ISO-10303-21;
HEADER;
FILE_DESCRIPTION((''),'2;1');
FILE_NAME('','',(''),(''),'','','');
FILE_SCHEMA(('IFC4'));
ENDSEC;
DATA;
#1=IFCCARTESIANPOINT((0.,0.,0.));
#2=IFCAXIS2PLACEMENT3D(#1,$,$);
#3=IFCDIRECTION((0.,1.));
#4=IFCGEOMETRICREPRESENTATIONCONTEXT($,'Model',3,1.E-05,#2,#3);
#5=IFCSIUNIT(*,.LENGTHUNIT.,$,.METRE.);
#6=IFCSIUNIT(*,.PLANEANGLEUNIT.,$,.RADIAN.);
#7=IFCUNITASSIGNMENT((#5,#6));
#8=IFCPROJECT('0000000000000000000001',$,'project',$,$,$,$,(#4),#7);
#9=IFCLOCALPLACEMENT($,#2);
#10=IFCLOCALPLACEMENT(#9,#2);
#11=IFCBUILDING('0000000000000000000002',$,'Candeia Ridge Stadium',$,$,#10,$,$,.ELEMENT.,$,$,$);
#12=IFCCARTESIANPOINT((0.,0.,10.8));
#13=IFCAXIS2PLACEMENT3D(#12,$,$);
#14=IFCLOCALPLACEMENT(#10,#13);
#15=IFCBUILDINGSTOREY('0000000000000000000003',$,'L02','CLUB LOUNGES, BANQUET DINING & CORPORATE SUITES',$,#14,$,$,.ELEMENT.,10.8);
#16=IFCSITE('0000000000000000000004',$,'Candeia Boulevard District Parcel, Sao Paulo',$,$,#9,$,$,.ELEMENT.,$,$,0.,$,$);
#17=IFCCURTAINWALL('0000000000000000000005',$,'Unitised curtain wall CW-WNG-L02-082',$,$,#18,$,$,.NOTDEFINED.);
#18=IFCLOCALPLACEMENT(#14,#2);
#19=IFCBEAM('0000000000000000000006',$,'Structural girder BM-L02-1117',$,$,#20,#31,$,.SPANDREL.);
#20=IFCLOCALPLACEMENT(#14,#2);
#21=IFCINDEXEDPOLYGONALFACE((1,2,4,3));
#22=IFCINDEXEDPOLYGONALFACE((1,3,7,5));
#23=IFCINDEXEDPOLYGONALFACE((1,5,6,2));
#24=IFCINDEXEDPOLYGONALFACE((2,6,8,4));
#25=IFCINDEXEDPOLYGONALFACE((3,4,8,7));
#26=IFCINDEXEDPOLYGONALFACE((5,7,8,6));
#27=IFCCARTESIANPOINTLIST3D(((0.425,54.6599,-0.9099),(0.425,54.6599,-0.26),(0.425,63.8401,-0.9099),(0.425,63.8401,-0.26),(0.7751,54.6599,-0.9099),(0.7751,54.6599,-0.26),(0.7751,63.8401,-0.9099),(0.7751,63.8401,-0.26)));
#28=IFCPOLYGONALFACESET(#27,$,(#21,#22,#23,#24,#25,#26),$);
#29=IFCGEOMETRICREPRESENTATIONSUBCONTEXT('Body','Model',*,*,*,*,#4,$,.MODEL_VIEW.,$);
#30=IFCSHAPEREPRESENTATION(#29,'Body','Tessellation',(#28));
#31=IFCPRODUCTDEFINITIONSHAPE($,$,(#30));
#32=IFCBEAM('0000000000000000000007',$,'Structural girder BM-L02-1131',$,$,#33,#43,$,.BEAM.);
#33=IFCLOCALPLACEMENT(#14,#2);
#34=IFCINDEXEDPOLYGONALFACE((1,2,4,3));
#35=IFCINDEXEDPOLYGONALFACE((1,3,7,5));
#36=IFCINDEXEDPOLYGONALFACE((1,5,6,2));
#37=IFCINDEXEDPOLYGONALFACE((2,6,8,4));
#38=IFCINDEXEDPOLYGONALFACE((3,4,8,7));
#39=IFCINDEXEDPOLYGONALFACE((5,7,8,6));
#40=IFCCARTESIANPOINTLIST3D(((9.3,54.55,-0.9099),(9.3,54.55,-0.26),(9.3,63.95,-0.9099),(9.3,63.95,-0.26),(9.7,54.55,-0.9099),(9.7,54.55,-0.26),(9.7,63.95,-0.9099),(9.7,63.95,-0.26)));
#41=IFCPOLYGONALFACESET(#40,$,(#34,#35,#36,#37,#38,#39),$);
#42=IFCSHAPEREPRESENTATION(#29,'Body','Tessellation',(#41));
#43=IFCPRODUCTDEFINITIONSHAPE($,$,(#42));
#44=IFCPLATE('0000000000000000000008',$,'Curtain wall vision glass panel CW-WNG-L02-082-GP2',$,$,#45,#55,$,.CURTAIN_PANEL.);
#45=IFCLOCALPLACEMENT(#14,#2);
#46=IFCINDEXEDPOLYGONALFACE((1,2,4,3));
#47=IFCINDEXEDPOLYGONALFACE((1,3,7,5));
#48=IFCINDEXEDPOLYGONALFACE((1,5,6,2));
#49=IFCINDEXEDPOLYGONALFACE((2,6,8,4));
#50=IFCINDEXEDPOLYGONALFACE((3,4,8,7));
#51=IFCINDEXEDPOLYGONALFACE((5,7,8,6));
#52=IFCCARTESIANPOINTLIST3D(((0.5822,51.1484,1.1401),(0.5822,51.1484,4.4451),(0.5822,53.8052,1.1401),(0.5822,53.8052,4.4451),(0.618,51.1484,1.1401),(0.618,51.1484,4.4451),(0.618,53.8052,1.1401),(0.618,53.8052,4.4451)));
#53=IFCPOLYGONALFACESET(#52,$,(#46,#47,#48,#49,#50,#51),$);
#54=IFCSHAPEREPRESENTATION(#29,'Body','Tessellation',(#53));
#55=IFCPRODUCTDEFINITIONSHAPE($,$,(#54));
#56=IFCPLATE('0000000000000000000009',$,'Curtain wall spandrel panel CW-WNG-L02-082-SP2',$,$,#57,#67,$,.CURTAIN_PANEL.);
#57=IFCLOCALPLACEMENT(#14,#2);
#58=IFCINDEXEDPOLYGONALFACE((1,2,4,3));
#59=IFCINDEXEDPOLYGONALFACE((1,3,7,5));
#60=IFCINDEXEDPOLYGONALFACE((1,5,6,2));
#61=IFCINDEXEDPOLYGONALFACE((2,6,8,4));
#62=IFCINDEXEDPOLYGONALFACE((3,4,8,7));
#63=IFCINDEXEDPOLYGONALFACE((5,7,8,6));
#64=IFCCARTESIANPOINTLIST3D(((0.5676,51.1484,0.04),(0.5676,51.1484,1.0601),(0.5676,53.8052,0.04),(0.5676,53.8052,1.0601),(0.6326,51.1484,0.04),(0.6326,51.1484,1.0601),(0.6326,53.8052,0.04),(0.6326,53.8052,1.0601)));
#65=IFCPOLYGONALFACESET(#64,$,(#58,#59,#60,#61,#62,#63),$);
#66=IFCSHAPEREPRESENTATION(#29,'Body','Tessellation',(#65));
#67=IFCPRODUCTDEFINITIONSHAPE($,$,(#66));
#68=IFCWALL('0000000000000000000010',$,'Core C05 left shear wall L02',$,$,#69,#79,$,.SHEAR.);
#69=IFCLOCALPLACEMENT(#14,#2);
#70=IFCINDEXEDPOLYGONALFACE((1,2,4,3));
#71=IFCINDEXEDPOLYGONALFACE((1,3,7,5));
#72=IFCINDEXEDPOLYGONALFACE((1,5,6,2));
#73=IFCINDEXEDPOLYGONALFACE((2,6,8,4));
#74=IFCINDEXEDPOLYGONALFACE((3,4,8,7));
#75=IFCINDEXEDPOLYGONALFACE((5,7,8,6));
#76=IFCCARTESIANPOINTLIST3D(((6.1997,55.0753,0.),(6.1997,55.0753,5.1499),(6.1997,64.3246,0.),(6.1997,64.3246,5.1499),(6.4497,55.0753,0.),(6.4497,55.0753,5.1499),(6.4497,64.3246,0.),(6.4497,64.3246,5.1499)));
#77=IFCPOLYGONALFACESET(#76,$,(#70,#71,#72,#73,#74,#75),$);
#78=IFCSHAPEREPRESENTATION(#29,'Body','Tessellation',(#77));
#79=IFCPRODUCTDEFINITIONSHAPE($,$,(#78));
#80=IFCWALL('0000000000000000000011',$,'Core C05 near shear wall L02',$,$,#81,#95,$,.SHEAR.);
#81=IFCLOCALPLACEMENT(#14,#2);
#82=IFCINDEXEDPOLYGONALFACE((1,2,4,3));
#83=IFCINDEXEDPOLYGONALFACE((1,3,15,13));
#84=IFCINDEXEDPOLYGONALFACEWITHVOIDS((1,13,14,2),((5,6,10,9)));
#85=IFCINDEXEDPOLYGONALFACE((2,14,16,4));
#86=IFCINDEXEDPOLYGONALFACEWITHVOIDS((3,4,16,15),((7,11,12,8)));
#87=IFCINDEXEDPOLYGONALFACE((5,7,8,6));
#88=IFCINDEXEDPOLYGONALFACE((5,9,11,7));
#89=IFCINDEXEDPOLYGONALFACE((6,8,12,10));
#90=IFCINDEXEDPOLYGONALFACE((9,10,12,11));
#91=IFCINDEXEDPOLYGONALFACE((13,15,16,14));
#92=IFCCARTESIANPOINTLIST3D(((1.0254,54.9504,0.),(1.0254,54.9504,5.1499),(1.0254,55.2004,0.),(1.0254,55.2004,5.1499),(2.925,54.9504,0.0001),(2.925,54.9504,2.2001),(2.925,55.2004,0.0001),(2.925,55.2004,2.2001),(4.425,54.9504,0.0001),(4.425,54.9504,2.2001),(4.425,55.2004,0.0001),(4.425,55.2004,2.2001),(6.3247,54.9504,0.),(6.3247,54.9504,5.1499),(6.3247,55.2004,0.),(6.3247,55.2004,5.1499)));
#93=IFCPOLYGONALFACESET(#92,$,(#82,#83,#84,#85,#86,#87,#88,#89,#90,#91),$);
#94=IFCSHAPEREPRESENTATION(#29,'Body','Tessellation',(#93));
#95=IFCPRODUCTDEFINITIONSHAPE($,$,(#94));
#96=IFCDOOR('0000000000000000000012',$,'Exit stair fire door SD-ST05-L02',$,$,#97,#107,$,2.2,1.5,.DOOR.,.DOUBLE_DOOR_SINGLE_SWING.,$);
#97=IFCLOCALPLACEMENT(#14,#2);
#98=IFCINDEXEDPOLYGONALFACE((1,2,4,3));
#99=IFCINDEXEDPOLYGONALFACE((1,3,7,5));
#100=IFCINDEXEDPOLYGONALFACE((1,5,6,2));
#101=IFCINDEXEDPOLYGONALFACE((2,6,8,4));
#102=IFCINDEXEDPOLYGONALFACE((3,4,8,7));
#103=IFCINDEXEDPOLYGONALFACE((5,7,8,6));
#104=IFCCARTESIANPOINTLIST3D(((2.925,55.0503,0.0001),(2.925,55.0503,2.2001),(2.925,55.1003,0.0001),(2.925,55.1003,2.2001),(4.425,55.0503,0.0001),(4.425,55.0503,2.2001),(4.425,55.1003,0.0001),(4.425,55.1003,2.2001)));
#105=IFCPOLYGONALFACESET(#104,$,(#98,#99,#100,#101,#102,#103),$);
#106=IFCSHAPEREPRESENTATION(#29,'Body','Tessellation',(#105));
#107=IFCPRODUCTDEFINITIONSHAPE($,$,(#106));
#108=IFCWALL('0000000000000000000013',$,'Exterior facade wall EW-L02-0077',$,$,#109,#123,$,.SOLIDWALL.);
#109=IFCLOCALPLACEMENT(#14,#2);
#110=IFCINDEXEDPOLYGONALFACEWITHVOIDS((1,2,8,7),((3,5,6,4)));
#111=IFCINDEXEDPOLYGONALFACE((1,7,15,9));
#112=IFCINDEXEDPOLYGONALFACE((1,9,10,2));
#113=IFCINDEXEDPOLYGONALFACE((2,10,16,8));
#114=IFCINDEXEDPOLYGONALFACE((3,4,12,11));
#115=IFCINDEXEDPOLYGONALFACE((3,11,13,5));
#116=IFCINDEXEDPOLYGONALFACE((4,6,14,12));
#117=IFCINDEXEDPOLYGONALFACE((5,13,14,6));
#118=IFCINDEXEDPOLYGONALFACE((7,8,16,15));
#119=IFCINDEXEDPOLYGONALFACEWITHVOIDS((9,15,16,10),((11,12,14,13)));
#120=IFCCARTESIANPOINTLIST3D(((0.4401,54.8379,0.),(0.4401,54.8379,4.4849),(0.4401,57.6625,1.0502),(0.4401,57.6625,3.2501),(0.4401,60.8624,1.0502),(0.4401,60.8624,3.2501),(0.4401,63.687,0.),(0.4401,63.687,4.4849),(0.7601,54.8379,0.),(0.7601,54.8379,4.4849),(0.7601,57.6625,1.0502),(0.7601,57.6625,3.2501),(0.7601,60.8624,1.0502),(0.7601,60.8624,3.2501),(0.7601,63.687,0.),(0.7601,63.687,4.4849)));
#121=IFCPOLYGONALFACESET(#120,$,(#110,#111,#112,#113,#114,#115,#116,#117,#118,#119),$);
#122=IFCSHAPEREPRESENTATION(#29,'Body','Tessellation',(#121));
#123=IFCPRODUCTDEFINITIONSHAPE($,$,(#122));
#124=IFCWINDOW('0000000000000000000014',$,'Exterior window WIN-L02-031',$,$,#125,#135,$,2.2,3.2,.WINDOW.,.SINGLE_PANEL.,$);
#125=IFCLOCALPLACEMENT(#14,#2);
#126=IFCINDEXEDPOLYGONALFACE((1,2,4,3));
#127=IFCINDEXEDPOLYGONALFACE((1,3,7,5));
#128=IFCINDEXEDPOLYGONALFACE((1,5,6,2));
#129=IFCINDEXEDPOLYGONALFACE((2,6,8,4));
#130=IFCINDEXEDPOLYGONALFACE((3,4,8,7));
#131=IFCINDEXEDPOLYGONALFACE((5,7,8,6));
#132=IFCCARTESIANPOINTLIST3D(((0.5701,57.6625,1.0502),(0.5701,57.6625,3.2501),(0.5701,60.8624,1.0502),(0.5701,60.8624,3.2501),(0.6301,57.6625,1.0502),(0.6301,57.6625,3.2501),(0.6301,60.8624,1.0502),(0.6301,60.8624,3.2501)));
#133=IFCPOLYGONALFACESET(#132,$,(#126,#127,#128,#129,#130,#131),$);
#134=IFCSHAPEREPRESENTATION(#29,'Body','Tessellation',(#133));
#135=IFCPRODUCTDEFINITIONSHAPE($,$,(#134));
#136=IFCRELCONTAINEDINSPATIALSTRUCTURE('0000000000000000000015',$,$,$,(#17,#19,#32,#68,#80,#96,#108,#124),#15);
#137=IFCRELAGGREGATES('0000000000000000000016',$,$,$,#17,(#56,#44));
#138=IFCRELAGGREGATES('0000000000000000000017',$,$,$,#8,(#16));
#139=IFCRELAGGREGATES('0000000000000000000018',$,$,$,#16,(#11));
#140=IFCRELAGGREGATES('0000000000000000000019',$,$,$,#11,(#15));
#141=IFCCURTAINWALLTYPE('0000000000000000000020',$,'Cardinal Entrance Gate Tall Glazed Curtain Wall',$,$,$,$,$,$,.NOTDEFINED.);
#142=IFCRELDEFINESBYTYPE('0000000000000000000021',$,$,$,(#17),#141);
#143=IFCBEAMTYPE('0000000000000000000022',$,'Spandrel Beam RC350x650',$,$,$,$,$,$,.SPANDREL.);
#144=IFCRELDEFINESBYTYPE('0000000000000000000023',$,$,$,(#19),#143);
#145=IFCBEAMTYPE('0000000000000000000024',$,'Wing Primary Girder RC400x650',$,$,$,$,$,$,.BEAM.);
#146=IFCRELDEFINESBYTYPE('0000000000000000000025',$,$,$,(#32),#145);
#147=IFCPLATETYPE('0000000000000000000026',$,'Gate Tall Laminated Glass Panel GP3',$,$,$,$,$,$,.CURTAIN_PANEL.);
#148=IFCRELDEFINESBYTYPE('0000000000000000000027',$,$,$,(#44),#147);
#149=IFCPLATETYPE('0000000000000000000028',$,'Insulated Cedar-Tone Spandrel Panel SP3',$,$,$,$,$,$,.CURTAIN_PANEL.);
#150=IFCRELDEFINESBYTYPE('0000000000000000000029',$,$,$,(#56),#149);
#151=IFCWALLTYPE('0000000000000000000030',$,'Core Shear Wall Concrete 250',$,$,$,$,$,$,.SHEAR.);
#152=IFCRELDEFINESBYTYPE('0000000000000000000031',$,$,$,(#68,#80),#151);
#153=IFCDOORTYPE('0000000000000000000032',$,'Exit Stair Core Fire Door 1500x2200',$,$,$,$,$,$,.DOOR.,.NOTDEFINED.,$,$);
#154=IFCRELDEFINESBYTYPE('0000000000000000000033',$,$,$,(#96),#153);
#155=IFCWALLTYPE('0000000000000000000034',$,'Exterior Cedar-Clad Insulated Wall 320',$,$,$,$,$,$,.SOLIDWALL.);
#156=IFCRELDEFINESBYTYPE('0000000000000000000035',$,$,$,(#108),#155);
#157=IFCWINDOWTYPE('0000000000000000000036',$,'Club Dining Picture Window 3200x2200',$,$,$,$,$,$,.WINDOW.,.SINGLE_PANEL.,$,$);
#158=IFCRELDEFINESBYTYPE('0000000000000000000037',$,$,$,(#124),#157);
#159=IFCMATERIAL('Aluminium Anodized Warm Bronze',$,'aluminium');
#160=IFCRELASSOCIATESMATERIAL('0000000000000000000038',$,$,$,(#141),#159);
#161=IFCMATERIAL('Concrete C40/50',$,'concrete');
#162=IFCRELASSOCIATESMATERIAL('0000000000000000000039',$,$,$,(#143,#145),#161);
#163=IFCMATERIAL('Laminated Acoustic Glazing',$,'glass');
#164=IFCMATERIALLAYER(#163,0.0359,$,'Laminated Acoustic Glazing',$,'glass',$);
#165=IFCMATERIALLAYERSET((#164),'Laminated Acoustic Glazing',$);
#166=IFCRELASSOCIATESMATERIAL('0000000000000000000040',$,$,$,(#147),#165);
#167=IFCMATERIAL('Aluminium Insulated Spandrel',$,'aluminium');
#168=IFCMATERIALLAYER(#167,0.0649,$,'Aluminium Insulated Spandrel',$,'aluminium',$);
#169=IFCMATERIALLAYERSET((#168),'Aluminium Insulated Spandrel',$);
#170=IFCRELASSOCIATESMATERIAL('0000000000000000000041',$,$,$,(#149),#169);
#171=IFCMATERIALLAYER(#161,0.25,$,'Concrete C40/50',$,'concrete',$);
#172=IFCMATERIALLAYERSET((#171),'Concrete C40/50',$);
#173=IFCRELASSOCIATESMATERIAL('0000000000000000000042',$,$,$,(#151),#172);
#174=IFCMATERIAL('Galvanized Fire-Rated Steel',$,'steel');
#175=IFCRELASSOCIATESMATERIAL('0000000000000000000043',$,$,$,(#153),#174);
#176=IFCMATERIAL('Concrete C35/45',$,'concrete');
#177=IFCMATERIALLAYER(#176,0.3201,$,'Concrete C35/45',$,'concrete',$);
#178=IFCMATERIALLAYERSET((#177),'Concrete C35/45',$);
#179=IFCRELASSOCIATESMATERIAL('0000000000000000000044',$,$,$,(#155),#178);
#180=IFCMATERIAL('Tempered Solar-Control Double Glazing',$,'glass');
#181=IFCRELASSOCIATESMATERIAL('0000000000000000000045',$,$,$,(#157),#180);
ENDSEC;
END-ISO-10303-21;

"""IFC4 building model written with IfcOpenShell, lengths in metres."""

from ifc_helpers import new_model, si_unit, direction, frame, frame_2d, origin, origin_2d, place, context, subcontext, project, spatial, rectangle, extrude, material, layer, layer_set, material_profile, profile_set, type_object, element, fill, aggregate, save


model = new_model("IFC4")

# Units and contexts
model_context = context("Model", 3, precision=1e-05, world=origin(), true_north=direction((0.0, 1.0)))
body_context = subcontext(model_context, "Body", "Model", "MODEL_VIEW")
ifc_project = project(units=[si_unit("LENGTHUNIT", "METRE"), si_unit("PLANEANGLEUNIT", "RADIAN")], contexts=[model_context])

# Site, building, storey
site_placement = place(None, origin())
site = spatial("IfcSite", under=ifc_project, at=site_placement, Name="Candeia Boulevard District Parcel, Sao Paulo", CompositionType="ELEMENT", RefElevation=0.0)
building_placement = place(site_placement, origin())
building = spatial("IfcBuilding", under=site, at=building_placement, Name="Candeia Ridge Stadium", CompositionType="ELEMENT")
storey_placement = place(building_placement, frame((0.0, 0.0, 10.8)))
storey = spatial("IfcBuildingStorey", under=building, at=storey_placement, Name="L02", Description="CLUB LOUNGES, BANQUET DINING & CORPORATE SUITES", CompositionType="ELEMENT", Elevation=10.8)

# Shared definitions
ifc_material_1 = material(Name="Concrete C40/50", Category="concrete")

# Curtain wall
ifc_material_2 = material(Name="Aluminium Anodized Warm Bronze", Category="aluminium")
curtain_wall_type = type_object("IfcCurtainWallType", Name="Cardinal Entrance Gate Tall Glazed Curtain Wall", PredefinedType="NOTDEFINED", material=ifc_material_2)
curtain_wall_placement = place(storey_placement, origin())
curtain_wall = element("IfcCurtainWall", 1, at=curtain_wall_placement, inside=storey, type_object=curtain_wall_type, Name="Unitised curtain wall CW-WNG-L02-082", PredefinedType="NOTDEFINED")

# Beams
ifc_material_profile_1 = material_profile(ifc_material_1, rectangle(XDim=0.3501, YDim=0.6499, at=origin_2d()), Name="RC350x650", Category="concrete")
ifc_profile_set_1 = profile_set([ifc_material_profile_1], Name="Concrete C40/50")
beam_type_1 = type_object("IfcBeamType", Name="Spandrel Beam RC350x650", PredefinedType="SPANDREL", material=ifc_profile_set_1)
beam_1_placement = place(storey_placement, frame((0.6001, 54.6599, -0.585), z_axis=(0.0, 1.0, 0.0), x_axis=(-1.0, 0.0, 0.0)))
element("IfcBeam", 2, at=beam_1_placement, inside=storey, type_object=beam_type_1, Name="Structural girder BM-L02-1117", PredefinedType="SPANDREL", context=body_context, shape_type="SweptSolid", body=[
    extrude(rectangle(XDim=0.3501, YDim=0.6499, at=origin_2d()), origin(), (0.0, 0.0, 1.0), 9.1802),
])
ifc_material_profile_2 = material_profile(ifc_material_1, rectangle(XDim=0.3999, YDim=0.6499, at=origin_2d()), Name="RC400x650", Category="concrete")
ifc_profile_set_2 = profile_set([ifc_material_profile_2], Name="Concrete C40/50")
beam_type_2 = type_object("IfcBeamType", Name="Wing Primary Girder RC400x650", PredefinedType="BEAM", material=ifc_profile_set_2)
beam_2_placement = place(storey_placement, frame((9.5, 54.55, -0.585), z_axis=(0.0, 1.0, 0.0), x_axis=(-1.0, 0.0, 0.0)))
element("IfcBeam", 3, at=beam_2_placement, inside=storey, type_object=beam_type_2, Name="Structural girder BM-L02-1131", PredefinedType="BEAM", context=body_context, shape_type="SweptSolid", body=[
    extrude(rectangle(XDim=0.3999, YDim=0.6499, at=origin_2d()), origin(), (0.0, 0.0, 1.0), 9.3999),
])

# Plates
ifc_material_3 = material(Name="Laminated Acoustic Glazing", Category="glass")
ifc_layer_1 = layer(ifc_material_3, 0.0359, Name="Laminated Acoustic Glazing", Category="glass")
ifc_layer_set_1 = layer_set([ifc_layer_1], Name="Laminated Acoustic Glazing")
plate_type_1 = type_object("IfcPlateType", Name="Gate Tall Laminated Glass Panel GP3", PredefinedType="CURTAIN_PANEL", material=ifc_layer_set_1)
plate_1_placement = place(storey_placement, frame((0.6001, 52.4768, 1.1401), z_axis=(0.0, 0.0, 1.0), x_axis=(0.0, 1.0, 0.0)))
plate_1 = element("IfcPlate", 4, at=plate_1_placement, type_object=plate_type_1, Name="Curtain wall vision glass panel CW-WNG-L02-082-GP2", PredefinedType="CURTAIN_PANEL", context=body_context, shape_type="SweptSolid", body=[
    extrude(rectangle(XDim=2.6567, YDim=0.0359, at=origin_2d()), origin(), (0.0, 0.0, 1.0), 3.3049),
])
ifc_material_4 = material(Name="Aluminium Insulated Spandrel", Category="aluminium")
ifc_layer_2 = layer(ifc_material_4, 0.0649, Name="Aluminium Insulated Spandrel", Category="aluminium")
ifc_layer_set_2 = layer_set([ifc_layer_2], Name="Aluminium Insulated Spandrel")
plate_type_2 = type_object("IfcPlateType", Name="Insulated Cedar-Tone Spandrel Panel SP3", PredefinedType="CURTAIN_PANEL", material=ifc_layer_set_2)
plate_2_placement = place(storey_placement, frame((0.6001, 52.4768, 0.04), z_axis=(0.0, 0.0, 1.0), x_axis=(0.0, 1.0, 0.0)))
plate_2 = element("IfcPlate", 5, at=plate_2_placement, type_object=plate_type_2, Name="Curtain wall spandrel panel CW-WNG-L02-082-SP2", PredefinedType="CURTAIN_PANEL", context=body_context, shape_type="SweptSolid", body=[
    extrude(rectangle(XDim=2.6567, YDim=0.0649, at=origin_2d()), origin(), (0.0, 0.0, 1.0), 1.02),
])
aggregate(curtain_wall, [plate_2, plate_1])

# Wall
ifc_layer_3 = layer(ifc_material_1, 0.25, Name="Concrete C40/50", Category="concrete")
ifc_layer_set_3 = layer_set([ifc_layer_3], Name="Concrete C40/50")
wall_type_1 = type_object("IfcWallType", Name="Core Shear Wall Concrete 250", PredefinedType="SHEAR", material=ifc_layer_set_3)
wall_1_placement = place(storey_placement, frame((6.3247, 55.0754, 0.0), z_axis=(0.0, 0.0, 1.0), x_axis=(0.0, 1.0, 0.0)))
element("IfcWall", 6, at=wall_1_placement, inside=storey, type_object=wall_type_1, Name="Core C05 left shear wall L02", PredefinedType="SHEAR", context=body_context, shape_type="SweptSolid", body=[
    extrude(rectangle(XDim=9.2493, YDim=0.25, at=frame_2d((4.6245, 0.0))), origin(), (0.0, 0.0, 1.0), 5.1499),
])

# Wall, opening, door
wall_2_placement = place(storey_placement, frame((1.0254, 55.0754, 0.0), z_axis=(0.0, 0.0, 1.0), x_axis=(1.0, 0.0, 0.0)))
wall_2 = element("IfcWall", 7, at=wall_2_placement, inside=storey, type_object=wall_type_1, Name="Core C05 near shear wall L02", PredefinedType="SHEAR", context=body_context, shape_type="SweptSolid", body=[
    extrude(rectangle(XDim=5.2993, YDim=0.25, at=frame_2d((2.6497, 0.0))), origin(), (0.0, 0.0, 1.0), 5.1499),
])
opening_1_placement = place(wall_2_placement, frame((1.8997, 0.0, 0.0)))
opening_1 = element("IfcOpeningElement", 8, at=opening_1_placement, cuts=wall_2, PredefinedType="OPENING", context=body_context, shape_type="SweptSolid", body=[
    extrude(rectangle(XDim=1.5, YDim=2.2, at=frame_2d((0.75, 1.1001))), frame((0.0, 0.135, 0.0), z_axis=(0.0, -1.0, 0.0), x_axis=(1.0, 0.0, 0.0)), (0.0, 0.0, 1.0), 0.27),
])
ifc_material_5 = material(Name="Galvanized Fire-Rated Steel", Category="steel")
door_type = type_object("IfcDoorType", Name="Exit Stair Core Fire Door 1500x2200", OperationType="NOTDEFINED", PredefinedType="DOOR", material=ifc_material_5)
door_placement = place(opening_1_placement, origin())
door = element("IfcDoor", 9, at=door_placement, inside=storey, type_object=door_type, Name="Exit stair fire door SD-ST05-L02", OperationType="DOUBLE_DOOR_SINGLE_SWING", OverallHeight=2.2, OverallWidth=1.5, PredefinedType="DOOR", context=body_context, shape_type="SweptSolid", body=[
    extrude(rectangle(XDim=1.5, YDim=2.2, at=frame_2d((0.75, 1.1001))), frame((0.0, 0.0249, 0.0), z_axis=(0.0, -1.0, 0.0), x_axis=(1.0, 0.0, 0.0)), (0.0, 0.0, 1.0), 0.05),
])
fill(opening_1, door)

# Wall, opening, window
ifc_material_6 = material(Name="Concrete C35/45", Category="concrete")
ifc_layer_4 = layer(ifc_material_6, 0.3201, Name="Concrete C35/45", Category="concrete")
ifc_layer_set_4 = layer_set([ifc_layer_4], Name="Concrete C35/45")
wall_type_2 = type_object("IfcWallType", Name="Exterior Cedar-Clad Insulated Wall 320", PredefinedType="SOLIDWALL", material=ifc_layer_set_4)
wall_3_placement = place(storey_placement, frame((0.6001, 54.8379, 0.0), z_axis=(0.0, 0.0, 1.0), x_axis=(0.0, 1.0, 0.0)))
wall_3 = element("IfcWall", 10, at=wall_3_placement, inside=storey, type_object=wall_type_2, Name="Exterior facade wall EW-L02-0077", PredefinedType="SOLIDWALL", context=body_context, shape_type="SweptSolid", body=[
    extrude(rectangle(XDim=8.8491, YDim=0.3201, at=frame_2d((4.4246, 0.0))), origin(), (0.0, 0.0, 1.0), 4.4849),
])
opening_2_placement = place(wall_3_placement, frame((2.8245, 0.0, 1.05)))
opening_2 = element("IfcOpeningElement", 11, at=opening_2_placement, cuts=wall_3, PredefinedType="OPENING", context=body_context, shape_type="SweptSolid", body=[
    extrude(rectangle(XDim=3.2, YDim=2.2, at=frame_2d((1.6001, 1.1001))), frame((0.0, 0.1699, 0.0), z_axis=(0.0, -1.0, 0.0), x_axis=(1.0, 0.0, 0.0)), (0.0, 0.0, 1.0), 0.3401),
])
ifc_material_7 = material(Name="Tempered Solar-Control Double Glazing", Category="glass")
window_type = type_object("IfcWindowType", Name="Club Dining Picture Window 3200x2200", PartitioningType="SINGLE_PANEL", PredefinedType="WINDOW", material=ifc_material_7)
window_placement = place(opening_2_placement, origin())
window = element("IfcWindow", 12, at=window_placement, inside=storey, type_object=window_type, Name="Exterior window WIN-L02-031", OverallHeight=2.2, OverallWidth=3.2, PartitioningType="SINGLE_PANEL", PredefinedType="WINDOW", context=body_context, shape_type="SweptSolid", body=[
    extrude(rectangle(XDim=3.2, YDim=2.2, at=frame_2d((1.6001, 1.1001))), frame((0.0, 0.03, 0.0), z_axis=(0.0, -1.0, 0.0), x_axis=(1.0, 0.0, 0.0)), (0.0, 0.0, 1.0), 0.0601),
])
fill(opening_2, window)

save(model, "model.ifc")
